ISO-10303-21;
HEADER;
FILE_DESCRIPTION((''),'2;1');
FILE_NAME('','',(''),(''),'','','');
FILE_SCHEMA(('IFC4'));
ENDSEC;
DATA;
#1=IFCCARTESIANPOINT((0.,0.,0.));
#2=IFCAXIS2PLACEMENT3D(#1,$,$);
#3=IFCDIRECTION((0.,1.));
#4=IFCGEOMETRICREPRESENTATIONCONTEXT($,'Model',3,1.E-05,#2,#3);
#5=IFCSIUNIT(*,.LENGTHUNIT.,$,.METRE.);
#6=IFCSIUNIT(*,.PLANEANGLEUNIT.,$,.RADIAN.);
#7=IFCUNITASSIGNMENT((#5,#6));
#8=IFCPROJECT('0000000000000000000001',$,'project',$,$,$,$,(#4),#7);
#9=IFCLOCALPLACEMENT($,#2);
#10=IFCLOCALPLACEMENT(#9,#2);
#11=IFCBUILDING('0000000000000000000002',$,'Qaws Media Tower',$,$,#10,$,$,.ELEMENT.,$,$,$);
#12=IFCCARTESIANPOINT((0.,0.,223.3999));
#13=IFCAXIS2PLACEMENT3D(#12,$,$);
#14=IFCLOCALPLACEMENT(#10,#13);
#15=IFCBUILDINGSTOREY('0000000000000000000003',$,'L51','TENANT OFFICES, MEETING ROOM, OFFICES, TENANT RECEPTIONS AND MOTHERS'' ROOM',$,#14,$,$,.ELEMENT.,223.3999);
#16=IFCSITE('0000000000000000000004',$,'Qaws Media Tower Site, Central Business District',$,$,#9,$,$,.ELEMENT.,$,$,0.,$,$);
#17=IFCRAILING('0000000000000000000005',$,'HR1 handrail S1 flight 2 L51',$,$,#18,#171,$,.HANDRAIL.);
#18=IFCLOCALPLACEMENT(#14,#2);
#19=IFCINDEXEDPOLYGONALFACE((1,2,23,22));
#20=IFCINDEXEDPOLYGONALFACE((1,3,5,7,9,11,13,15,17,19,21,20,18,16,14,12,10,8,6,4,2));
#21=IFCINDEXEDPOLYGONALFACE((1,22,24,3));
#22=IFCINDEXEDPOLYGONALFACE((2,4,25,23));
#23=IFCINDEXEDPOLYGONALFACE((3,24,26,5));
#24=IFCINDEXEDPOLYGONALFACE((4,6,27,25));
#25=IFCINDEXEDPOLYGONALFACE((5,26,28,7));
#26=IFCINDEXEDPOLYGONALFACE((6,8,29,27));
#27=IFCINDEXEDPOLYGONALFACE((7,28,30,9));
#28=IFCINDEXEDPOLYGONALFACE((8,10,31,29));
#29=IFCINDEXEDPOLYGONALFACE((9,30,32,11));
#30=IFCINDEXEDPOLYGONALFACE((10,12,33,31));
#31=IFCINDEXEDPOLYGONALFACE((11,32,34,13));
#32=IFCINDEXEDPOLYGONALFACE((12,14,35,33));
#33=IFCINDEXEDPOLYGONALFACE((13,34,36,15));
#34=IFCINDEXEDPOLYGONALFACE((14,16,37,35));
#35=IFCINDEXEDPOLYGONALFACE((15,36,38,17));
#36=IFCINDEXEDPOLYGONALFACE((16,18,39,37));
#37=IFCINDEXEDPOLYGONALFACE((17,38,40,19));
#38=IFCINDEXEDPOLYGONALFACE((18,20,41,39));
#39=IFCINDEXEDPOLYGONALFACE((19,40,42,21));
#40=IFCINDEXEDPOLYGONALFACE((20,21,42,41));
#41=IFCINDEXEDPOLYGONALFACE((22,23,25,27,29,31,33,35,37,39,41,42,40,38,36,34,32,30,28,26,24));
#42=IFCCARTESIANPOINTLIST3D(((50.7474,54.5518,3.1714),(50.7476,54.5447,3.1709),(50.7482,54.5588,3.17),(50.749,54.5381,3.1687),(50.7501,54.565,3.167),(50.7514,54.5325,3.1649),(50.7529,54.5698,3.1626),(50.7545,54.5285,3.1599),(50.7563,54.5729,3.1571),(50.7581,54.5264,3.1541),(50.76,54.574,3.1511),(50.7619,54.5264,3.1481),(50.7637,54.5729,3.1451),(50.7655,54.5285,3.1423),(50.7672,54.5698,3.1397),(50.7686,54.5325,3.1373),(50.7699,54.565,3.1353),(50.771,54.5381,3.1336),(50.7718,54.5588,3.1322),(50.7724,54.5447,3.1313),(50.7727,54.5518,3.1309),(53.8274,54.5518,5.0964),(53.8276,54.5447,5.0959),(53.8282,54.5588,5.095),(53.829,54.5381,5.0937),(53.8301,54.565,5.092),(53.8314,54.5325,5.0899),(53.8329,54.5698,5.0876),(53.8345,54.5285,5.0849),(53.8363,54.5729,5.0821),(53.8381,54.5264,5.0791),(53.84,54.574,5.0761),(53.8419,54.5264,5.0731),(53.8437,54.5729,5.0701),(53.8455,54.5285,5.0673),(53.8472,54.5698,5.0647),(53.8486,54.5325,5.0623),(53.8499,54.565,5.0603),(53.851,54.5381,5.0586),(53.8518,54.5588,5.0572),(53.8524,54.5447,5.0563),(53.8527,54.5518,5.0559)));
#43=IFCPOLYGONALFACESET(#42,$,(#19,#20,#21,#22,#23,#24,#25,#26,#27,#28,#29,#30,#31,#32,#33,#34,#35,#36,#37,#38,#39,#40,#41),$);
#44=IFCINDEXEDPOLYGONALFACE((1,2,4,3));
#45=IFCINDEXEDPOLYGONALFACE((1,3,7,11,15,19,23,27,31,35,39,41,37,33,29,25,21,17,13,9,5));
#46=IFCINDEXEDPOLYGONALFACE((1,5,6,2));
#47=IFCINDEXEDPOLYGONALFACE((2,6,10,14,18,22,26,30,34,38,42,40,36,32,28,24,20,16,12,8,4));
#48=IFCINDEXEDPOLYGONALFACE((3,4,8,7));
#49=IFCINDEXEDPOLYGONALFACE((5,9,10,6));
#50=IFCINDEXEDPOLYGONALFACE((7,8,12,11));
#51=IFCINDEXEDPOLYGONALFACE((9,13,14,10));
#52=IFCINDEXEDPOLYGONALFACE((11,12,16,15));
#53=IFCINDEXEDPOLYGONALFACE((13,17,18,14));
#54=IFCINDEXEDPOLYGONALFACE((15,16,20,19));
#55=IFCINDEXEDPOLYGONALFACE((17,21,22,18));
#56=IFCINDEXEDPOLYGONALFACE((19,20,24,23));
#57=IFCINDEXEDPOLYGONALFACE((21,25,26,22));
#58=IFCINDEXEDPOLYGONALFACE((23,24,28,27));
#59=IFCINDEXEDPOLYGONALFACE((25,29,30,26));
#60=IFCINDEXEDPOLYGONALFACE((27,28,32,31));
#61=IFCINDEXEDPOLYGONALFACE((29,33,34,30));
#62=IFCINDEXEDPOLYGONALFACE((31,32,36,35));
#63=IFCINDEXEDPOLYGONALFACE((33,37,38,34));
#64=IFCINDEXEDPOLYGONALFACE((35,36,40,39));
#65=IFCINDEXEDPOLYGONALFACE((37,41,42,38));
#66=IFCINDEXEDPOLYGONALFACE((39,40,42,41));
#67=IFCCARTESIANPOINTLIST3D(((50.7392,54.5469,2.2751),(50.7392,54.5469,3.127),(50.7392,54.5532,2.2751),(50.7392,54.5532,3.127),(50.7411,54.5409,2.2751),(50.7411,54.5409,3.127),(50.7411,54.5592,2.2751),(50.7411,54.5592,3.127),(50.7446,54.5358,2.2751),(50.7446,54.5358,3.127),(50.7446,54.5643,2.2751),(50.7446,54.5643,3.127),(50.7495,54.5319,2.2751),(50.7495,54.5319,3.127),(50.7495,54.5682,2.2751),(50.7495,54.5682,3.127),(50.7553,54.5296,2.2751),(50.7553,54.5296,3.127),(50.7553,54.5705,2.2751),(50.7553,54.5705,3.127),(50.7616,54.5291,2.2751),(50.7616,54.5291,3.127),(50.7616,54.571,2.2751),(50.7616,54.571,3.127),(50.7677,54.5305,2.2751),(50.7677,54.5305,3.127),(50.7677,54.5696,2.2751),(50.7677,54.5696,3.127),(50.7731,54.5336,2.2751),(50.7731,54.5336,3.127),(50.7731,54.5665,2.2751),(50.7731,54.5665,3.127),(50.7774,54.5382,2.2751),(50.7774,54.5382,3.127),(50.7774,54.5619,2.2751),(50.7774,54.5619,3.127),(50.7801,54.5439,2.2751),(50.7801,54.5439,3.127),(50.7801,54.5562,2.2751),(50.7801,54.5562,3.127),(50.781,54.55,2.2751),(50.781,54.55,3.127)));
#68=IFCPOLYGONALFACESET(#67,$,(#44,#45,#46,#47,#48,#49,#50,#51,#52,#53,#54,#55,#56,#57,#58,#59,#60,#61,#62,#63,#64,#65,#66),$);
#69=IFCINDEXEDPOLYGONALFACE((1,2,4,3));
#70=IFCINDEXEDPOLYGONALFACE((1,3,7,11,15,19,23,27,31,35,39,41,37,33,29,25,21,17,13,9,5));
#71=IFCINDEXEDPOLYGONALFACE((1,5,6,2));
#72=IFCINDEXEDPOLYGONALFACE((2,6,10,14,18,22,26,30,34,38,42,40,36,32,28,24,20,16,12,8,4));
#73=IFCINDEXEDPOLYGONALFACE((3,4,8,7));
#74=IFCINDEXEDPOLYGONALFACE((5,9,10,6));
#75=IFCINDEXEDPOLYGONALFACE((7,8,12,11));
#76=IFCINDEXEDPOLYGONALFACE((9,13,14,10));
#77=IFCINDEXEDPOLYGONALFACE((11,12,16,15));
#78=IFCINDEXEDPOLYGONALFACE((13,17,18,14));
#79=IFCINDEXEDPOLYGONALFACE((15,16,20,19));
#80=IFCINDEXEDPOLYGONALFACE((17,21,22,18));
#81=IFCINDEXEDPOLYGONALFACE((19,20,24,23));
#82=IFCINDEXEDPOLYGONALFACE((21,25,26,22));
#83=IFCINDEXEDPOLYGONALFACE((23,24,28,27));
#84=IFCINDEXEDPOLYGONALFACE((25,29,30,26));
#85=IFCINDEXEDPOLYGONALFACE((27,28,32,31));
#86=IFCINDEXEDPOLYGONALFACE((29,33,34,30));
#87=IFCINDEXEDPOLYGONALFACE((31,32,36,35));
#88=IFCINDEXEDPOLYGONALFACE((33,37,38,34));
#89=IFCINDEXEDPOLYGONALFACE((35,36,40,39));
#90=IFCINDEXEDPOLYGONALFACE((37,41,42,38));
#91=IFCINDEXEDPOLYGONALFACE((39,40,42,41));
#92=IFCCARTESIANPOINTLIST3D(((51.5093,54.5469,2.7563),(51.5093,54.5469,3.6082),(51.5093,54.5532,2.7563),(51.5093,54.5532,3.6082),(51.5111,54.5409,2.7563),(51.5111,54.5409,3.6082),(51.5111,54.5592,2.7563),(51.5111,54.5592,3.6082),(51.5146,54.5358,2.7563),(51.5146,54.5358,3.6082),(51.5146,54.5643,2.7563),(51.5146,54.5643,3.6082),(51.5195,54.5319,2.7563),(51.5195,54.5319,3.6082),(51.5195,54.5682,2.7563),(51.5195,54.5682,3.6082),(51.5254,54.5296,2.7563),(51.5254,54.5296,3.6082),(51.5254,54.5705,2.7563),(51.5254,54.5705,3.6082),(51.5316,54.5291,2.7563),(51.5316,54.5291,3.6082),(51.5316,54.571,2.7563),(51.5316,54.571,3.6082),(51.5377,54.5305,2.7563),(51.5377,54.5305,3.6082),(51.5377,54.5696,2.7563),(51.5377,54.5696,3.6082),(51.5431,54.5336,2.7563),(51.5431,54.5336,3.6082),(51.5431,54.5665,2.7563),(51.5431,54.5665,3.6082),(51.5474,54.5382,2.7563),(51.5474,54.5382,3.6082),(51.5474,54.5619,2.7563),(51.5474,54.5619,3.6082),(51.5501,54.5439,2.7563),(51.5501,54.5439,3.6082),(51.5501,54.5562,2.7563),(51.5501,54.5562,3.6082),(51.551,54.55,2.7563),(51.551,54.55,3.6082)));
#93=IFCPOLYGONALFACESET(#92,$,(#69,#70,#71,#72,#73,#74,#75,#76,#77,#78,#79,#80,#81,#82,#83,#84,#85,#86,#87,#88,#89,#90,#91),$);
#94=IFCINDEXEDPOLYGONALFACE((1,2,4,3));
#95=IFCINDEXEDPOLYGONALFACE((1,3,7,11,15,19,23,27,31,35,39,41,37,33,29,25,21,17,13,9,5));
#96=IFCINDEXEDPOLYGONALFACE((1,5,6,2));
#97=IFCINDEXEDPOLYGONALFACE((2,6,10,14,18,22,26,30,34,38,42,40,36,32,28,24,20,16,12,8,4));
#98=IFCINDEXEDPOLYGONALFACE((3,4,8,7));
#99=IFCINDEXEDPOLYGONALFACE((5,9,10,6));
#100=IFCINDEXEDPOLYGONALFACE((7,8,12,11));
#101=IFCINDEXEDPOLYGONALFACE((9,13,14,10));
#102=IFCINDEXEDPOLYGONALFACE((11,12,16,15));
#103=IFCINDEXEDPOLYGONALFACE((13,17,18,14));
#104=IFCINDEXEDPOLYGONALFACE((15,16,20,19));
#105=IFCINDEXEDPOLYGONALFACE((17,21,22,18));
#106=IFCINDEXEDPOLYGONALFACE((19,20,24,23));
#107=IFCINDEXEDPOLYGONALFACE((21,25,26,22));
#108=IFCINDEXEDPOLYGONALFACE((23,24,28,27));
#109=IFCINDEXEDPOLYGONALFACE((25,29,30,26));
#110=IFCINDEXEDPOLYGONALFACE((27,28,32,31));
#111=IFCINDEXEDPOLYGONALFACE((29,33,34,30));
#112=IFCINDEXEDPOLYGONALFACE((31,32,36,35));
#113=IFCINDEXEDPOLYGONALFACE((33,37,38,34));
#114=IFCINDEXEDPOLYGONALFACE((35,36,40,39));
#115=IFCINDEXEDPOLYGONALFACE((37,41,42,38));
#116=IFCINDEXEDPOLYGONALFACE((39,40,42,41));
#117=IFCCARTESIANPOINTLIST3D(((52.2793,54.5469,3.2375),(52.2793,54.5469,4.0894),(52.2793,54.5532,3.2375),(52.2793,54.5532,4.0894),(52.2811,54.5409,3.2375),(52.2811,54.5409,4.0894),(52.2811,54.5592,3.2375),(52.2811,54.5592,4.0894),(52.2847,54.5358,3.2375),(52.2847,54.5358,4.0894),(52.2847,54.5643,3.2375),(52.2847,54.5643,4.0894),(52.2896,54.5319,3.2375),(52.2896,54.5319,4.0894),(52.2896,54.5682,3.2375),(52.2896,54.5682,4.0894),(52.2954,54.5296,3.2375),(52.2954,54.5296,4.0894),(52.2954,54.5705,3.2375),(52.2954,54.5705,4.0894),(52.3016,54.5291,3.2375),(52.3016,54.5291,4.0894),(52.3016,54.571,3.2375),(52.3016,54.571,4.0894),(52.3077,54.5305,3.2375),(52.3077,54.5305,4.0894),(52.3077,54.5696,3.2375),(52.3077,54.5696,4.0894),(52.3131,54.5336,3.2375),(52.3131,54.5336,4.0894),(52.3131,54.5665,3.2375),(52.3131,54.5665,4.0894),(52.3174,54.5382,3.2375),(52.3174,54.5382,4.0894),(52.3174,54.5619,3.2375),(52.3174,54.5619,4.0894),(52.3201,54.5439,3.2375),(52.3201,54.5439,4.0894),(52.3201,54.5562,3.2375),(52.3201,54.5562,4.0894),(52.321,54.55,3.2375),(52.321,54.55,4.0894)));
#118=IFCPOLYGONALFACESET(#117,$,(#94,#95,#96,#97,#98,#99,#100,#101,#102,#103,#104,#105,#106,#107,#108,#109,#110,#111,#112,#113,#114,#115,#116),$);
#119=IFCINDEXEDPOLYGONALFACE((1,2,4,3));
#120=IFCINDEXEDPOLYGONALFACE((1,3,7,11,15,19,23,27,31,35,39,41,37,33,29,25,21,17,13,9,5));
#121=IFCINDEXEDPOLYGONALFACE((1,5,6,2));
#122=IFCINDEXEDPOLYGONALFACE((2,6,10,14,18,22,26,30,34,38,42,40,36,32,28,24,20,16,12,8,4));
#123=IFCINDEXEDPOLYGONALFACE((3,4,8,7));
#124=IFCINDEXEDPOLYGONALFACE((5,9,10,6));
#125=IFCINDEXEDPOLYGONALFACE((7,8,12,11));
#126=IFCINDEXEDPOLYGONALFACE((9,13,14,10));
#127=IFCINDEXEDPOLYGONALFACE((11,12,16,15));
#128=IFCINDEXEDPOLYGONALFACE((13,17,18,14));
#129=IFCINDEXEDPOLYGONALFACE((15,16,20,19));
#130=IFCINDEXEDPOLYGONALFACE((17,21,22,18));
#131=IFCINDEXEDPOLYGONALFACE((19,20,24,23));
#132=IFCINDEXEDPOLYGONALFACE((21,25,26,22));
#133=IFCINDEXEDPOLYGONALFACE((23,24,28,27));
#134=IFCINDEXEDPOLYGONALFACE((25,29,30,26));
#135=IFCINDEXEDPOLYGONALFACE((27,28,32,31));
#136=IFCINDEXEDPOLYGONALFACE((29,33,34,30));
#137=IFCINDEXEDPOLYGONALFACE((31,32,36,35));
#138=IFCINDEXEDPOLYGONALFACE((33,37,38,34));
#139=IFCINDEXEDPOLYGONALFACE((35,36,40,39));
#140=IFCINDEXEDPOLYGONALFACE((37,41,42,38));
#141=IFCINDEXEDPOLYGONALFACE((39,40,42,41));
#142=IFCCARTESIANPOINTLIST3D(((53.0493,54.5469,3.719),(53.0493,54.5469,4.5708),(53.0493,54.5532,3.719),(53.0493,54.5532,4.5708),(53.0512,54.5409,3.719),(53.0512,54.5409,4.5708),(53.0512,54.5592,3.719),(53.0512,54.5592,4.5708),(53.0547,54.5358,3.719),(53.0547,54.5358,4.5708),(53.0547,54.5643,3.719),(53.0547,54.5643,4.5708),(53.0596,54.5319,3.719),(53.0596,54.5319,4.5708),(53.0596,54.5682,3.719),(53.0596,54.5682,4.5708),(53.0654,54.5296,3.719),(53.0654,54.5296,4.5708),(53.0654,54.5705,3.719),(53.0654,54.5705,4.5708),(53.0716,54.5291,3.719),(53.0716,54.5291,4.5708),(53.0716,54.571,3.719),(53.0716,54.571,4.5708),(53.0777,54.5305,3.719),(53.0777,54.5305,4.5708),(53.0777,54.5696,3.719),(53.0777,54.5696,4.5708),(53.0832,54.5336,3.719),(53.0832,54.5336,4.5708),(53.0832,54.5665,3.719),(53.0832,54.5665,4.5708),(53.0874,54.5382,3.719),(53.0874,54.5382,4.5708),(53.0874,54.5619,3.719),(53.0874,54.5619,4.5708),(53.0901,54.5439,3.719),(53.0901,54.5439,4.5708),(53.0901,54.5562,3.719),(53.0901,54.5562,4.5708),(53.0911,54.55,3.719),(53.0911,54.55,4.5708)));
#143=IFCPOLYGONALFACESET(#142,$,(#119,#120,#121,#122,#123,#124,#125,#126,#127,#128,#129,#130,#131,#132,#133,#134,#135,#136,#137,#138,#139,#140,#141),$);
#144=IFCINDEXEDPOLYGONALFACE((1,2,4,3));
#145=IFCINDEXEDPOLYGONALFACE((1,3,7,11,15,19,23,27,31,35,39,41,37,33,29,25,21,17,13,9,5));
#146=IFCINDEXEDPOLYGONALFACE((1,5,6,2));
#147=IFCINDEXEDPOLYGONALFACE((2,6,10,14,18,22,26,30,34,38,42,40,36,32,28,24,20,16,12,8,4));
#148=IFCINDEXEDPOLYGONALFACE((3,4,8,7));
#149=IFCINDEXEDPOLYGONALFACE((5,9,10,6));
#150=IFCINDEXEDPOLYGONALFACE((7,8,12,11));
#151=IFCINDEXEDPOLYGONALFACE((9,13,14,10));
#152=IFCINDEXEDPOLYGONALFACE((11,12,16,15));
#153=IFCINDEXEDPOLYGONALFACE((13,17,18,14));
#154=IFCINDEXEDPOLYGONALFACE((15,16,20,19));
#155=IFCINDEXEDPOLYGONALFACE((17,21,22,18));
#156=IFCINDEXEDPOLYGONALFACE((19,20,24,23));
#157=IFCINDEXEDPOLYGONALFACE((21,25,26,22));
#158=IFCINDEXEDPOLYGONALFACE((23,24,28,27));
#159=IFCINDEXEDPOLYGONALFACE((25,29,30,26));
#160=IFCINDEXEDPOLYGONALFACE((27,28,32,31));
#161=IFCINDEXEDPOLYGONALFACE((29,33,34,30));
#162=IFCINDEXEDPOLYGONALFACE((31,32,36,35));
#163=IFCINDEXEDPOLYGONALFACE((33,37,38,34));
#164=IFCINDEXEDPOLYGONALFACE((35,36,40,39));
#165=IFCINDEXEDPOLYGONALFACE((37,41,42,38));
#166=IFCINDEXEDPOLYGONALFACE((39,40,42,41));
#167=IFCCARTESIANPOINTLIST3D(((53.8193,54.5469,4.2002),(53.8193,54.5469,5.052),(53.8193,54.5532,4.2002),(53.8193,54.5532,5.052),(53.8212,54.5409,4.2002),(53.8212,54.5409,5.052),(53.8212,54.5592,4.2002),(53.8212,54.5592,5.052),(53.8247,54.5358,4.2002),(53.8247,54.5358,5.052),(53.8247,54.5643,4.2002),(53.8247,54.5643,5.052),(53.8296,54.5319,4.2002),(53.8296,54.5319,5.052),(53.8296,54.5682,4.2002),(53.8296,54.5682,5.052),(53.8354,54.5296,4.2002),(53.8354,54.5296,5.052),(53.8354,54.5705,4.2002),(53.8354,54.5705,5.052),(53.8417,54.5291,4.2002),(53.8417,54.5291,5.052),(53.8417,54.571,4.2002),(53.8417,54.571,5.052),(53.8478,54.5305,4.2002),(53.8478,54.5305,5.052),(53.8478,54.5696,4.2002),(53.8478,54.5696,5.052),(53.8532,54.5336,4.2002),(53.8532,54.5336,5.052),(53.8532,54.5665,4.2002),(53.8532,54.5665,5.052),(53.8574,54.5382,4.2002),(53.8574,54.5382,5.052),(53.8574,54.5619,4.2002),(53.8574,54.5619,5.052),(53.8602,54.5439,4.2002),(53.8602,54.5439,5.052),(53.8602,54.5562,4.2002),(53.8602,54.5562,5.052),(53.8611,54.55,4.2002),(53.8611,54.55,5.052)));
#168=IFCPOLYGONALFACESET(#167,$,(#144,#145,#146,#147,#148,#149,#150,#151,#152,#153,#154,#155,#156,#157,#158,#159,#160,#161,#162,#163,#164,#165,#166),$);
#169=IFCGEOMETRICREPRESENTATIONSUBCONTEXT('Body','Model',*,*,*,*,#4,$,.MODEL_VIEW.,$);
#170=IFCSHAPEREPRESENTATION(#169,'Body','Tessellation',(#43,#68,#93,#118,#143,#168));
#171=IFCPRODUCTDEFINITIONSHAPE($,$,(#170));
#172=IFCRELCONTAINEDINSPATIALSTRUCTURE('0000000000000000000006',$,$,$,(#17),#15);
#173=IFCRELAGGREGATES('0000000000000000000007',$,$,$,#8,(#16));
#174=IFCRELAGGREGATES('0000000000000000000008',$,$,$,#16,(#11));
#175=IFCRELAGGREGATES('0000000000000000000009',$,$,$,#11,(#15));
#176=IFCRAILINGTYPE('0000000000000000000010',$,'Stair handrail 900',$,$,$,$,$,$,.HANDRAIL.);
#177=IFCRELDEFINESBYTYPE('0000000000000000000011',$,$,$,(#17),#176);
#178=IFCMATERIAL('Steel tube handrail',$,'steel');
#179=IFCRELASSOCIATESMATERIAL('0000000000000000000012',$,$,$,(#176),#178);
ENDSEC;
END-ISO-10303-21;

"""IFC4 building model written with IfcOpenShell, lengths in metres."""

from ifc_helpers import new_model, si_unit, direction, frame, origin, origin_2d, place, context, subcontext, project, spatial, circle, extrude, material, type_object, element, save


model = new_model("IFC4")

# Units and contexts
model_context = context("Model", 3, precision=1e-05, world=origin(), true_north=direction((0.0, 1.0)))
body_context = subcontext(model_context, "Body", "Model", "MODEL_VIEW")
ifc_project = project(units=[si_unit("LENGTHUNIT", "METRE"), si_unit("PLANEANGLEUNIT", "RADIAN")], contexts=[model_context])

# Site, building, storey
site_placement = place(None, origin())
site = spatial("IfcSite", under=ifc_project, at=site_placement, Name="Qaws Media Tower Site, Central Business District", CompositionType="ELEMENT", RefElevation=0.0)
building_placement = place(site_placement, origin())
building = spatial("IfcBuilding", under=site, at=building_placement, Name="Qaws Media Tower", CompositionType="ELEMENT")
storey_placement = place(building_placement, frame((0.0, 0.0, 223.3999)))
storey = spatial("IfcBuildingStorey", under=building, at=storey_placement, Name="L51", Description="TENANT OFFICES, MEETING ROOM, OFFICES, TENANT RECEPTIONS AND MOTHERS' ROOM", CompositionType="ELEMENT", Elevation=223.3999)

# Railing
ifc_material_1 = material(Name="Steel tube handrail", Category="steel")
railing_type = type_object("IfcRailingType", Name="Stair handrail 900", PredefinedType="HANDRAIL", material=ifc_material_1)
for number, where, name in (
    (1, (50.76, 54.55, 2.2751), "HR1 handrail S1 flight 2 L51"),
):
    element("IfcRailing", number, at=place(storey_placement, frame(where)), inside=storey, type_object=railing_type, Name=name, PredefinedType="HANDRAIL", context=body_context, shape_type="SweptSolid", body=[
        extrude(circle(Radius=0.0239, at=origin_2d()), frame((0.0, 0.0, 0.876), z_axis=(0.847998, 0.0, 0.529999), x_axis=(0.0, 1.0, 0.0)), (0.0, 0.0, 1.0), 3.6321),
        extrude(circle(Radius=0.021, at=origin_2d()), origin(), (0.0, 0.0, 1.0), 0.8518),
        extrude(circle(Radius=0.021, at=origin_2d()), frame((0.77, 0.0, 0.4812)), (0.0, 0.0, 1.0), 0.8518),
        extrude(circle(Radius=0.021, at=origin_2d()), frame((1.54, 0.0, 0.9624)), (0.0, 0.0, 1.0), 0.8518),
        extrude(circle(Radius=0.021, at=origin_2d()), frame((2.3101, 0.0, 1.4438)), (0.0, 0.0, 1.0), 0.8518),
        extrude(circle(Radius=0.021, at=origin_2d()), frame((3.0801, 0.0, 1.925)), (0.0, 0.0, 1.0), 0.8518),
    ])

save(model, "model.ifc")
